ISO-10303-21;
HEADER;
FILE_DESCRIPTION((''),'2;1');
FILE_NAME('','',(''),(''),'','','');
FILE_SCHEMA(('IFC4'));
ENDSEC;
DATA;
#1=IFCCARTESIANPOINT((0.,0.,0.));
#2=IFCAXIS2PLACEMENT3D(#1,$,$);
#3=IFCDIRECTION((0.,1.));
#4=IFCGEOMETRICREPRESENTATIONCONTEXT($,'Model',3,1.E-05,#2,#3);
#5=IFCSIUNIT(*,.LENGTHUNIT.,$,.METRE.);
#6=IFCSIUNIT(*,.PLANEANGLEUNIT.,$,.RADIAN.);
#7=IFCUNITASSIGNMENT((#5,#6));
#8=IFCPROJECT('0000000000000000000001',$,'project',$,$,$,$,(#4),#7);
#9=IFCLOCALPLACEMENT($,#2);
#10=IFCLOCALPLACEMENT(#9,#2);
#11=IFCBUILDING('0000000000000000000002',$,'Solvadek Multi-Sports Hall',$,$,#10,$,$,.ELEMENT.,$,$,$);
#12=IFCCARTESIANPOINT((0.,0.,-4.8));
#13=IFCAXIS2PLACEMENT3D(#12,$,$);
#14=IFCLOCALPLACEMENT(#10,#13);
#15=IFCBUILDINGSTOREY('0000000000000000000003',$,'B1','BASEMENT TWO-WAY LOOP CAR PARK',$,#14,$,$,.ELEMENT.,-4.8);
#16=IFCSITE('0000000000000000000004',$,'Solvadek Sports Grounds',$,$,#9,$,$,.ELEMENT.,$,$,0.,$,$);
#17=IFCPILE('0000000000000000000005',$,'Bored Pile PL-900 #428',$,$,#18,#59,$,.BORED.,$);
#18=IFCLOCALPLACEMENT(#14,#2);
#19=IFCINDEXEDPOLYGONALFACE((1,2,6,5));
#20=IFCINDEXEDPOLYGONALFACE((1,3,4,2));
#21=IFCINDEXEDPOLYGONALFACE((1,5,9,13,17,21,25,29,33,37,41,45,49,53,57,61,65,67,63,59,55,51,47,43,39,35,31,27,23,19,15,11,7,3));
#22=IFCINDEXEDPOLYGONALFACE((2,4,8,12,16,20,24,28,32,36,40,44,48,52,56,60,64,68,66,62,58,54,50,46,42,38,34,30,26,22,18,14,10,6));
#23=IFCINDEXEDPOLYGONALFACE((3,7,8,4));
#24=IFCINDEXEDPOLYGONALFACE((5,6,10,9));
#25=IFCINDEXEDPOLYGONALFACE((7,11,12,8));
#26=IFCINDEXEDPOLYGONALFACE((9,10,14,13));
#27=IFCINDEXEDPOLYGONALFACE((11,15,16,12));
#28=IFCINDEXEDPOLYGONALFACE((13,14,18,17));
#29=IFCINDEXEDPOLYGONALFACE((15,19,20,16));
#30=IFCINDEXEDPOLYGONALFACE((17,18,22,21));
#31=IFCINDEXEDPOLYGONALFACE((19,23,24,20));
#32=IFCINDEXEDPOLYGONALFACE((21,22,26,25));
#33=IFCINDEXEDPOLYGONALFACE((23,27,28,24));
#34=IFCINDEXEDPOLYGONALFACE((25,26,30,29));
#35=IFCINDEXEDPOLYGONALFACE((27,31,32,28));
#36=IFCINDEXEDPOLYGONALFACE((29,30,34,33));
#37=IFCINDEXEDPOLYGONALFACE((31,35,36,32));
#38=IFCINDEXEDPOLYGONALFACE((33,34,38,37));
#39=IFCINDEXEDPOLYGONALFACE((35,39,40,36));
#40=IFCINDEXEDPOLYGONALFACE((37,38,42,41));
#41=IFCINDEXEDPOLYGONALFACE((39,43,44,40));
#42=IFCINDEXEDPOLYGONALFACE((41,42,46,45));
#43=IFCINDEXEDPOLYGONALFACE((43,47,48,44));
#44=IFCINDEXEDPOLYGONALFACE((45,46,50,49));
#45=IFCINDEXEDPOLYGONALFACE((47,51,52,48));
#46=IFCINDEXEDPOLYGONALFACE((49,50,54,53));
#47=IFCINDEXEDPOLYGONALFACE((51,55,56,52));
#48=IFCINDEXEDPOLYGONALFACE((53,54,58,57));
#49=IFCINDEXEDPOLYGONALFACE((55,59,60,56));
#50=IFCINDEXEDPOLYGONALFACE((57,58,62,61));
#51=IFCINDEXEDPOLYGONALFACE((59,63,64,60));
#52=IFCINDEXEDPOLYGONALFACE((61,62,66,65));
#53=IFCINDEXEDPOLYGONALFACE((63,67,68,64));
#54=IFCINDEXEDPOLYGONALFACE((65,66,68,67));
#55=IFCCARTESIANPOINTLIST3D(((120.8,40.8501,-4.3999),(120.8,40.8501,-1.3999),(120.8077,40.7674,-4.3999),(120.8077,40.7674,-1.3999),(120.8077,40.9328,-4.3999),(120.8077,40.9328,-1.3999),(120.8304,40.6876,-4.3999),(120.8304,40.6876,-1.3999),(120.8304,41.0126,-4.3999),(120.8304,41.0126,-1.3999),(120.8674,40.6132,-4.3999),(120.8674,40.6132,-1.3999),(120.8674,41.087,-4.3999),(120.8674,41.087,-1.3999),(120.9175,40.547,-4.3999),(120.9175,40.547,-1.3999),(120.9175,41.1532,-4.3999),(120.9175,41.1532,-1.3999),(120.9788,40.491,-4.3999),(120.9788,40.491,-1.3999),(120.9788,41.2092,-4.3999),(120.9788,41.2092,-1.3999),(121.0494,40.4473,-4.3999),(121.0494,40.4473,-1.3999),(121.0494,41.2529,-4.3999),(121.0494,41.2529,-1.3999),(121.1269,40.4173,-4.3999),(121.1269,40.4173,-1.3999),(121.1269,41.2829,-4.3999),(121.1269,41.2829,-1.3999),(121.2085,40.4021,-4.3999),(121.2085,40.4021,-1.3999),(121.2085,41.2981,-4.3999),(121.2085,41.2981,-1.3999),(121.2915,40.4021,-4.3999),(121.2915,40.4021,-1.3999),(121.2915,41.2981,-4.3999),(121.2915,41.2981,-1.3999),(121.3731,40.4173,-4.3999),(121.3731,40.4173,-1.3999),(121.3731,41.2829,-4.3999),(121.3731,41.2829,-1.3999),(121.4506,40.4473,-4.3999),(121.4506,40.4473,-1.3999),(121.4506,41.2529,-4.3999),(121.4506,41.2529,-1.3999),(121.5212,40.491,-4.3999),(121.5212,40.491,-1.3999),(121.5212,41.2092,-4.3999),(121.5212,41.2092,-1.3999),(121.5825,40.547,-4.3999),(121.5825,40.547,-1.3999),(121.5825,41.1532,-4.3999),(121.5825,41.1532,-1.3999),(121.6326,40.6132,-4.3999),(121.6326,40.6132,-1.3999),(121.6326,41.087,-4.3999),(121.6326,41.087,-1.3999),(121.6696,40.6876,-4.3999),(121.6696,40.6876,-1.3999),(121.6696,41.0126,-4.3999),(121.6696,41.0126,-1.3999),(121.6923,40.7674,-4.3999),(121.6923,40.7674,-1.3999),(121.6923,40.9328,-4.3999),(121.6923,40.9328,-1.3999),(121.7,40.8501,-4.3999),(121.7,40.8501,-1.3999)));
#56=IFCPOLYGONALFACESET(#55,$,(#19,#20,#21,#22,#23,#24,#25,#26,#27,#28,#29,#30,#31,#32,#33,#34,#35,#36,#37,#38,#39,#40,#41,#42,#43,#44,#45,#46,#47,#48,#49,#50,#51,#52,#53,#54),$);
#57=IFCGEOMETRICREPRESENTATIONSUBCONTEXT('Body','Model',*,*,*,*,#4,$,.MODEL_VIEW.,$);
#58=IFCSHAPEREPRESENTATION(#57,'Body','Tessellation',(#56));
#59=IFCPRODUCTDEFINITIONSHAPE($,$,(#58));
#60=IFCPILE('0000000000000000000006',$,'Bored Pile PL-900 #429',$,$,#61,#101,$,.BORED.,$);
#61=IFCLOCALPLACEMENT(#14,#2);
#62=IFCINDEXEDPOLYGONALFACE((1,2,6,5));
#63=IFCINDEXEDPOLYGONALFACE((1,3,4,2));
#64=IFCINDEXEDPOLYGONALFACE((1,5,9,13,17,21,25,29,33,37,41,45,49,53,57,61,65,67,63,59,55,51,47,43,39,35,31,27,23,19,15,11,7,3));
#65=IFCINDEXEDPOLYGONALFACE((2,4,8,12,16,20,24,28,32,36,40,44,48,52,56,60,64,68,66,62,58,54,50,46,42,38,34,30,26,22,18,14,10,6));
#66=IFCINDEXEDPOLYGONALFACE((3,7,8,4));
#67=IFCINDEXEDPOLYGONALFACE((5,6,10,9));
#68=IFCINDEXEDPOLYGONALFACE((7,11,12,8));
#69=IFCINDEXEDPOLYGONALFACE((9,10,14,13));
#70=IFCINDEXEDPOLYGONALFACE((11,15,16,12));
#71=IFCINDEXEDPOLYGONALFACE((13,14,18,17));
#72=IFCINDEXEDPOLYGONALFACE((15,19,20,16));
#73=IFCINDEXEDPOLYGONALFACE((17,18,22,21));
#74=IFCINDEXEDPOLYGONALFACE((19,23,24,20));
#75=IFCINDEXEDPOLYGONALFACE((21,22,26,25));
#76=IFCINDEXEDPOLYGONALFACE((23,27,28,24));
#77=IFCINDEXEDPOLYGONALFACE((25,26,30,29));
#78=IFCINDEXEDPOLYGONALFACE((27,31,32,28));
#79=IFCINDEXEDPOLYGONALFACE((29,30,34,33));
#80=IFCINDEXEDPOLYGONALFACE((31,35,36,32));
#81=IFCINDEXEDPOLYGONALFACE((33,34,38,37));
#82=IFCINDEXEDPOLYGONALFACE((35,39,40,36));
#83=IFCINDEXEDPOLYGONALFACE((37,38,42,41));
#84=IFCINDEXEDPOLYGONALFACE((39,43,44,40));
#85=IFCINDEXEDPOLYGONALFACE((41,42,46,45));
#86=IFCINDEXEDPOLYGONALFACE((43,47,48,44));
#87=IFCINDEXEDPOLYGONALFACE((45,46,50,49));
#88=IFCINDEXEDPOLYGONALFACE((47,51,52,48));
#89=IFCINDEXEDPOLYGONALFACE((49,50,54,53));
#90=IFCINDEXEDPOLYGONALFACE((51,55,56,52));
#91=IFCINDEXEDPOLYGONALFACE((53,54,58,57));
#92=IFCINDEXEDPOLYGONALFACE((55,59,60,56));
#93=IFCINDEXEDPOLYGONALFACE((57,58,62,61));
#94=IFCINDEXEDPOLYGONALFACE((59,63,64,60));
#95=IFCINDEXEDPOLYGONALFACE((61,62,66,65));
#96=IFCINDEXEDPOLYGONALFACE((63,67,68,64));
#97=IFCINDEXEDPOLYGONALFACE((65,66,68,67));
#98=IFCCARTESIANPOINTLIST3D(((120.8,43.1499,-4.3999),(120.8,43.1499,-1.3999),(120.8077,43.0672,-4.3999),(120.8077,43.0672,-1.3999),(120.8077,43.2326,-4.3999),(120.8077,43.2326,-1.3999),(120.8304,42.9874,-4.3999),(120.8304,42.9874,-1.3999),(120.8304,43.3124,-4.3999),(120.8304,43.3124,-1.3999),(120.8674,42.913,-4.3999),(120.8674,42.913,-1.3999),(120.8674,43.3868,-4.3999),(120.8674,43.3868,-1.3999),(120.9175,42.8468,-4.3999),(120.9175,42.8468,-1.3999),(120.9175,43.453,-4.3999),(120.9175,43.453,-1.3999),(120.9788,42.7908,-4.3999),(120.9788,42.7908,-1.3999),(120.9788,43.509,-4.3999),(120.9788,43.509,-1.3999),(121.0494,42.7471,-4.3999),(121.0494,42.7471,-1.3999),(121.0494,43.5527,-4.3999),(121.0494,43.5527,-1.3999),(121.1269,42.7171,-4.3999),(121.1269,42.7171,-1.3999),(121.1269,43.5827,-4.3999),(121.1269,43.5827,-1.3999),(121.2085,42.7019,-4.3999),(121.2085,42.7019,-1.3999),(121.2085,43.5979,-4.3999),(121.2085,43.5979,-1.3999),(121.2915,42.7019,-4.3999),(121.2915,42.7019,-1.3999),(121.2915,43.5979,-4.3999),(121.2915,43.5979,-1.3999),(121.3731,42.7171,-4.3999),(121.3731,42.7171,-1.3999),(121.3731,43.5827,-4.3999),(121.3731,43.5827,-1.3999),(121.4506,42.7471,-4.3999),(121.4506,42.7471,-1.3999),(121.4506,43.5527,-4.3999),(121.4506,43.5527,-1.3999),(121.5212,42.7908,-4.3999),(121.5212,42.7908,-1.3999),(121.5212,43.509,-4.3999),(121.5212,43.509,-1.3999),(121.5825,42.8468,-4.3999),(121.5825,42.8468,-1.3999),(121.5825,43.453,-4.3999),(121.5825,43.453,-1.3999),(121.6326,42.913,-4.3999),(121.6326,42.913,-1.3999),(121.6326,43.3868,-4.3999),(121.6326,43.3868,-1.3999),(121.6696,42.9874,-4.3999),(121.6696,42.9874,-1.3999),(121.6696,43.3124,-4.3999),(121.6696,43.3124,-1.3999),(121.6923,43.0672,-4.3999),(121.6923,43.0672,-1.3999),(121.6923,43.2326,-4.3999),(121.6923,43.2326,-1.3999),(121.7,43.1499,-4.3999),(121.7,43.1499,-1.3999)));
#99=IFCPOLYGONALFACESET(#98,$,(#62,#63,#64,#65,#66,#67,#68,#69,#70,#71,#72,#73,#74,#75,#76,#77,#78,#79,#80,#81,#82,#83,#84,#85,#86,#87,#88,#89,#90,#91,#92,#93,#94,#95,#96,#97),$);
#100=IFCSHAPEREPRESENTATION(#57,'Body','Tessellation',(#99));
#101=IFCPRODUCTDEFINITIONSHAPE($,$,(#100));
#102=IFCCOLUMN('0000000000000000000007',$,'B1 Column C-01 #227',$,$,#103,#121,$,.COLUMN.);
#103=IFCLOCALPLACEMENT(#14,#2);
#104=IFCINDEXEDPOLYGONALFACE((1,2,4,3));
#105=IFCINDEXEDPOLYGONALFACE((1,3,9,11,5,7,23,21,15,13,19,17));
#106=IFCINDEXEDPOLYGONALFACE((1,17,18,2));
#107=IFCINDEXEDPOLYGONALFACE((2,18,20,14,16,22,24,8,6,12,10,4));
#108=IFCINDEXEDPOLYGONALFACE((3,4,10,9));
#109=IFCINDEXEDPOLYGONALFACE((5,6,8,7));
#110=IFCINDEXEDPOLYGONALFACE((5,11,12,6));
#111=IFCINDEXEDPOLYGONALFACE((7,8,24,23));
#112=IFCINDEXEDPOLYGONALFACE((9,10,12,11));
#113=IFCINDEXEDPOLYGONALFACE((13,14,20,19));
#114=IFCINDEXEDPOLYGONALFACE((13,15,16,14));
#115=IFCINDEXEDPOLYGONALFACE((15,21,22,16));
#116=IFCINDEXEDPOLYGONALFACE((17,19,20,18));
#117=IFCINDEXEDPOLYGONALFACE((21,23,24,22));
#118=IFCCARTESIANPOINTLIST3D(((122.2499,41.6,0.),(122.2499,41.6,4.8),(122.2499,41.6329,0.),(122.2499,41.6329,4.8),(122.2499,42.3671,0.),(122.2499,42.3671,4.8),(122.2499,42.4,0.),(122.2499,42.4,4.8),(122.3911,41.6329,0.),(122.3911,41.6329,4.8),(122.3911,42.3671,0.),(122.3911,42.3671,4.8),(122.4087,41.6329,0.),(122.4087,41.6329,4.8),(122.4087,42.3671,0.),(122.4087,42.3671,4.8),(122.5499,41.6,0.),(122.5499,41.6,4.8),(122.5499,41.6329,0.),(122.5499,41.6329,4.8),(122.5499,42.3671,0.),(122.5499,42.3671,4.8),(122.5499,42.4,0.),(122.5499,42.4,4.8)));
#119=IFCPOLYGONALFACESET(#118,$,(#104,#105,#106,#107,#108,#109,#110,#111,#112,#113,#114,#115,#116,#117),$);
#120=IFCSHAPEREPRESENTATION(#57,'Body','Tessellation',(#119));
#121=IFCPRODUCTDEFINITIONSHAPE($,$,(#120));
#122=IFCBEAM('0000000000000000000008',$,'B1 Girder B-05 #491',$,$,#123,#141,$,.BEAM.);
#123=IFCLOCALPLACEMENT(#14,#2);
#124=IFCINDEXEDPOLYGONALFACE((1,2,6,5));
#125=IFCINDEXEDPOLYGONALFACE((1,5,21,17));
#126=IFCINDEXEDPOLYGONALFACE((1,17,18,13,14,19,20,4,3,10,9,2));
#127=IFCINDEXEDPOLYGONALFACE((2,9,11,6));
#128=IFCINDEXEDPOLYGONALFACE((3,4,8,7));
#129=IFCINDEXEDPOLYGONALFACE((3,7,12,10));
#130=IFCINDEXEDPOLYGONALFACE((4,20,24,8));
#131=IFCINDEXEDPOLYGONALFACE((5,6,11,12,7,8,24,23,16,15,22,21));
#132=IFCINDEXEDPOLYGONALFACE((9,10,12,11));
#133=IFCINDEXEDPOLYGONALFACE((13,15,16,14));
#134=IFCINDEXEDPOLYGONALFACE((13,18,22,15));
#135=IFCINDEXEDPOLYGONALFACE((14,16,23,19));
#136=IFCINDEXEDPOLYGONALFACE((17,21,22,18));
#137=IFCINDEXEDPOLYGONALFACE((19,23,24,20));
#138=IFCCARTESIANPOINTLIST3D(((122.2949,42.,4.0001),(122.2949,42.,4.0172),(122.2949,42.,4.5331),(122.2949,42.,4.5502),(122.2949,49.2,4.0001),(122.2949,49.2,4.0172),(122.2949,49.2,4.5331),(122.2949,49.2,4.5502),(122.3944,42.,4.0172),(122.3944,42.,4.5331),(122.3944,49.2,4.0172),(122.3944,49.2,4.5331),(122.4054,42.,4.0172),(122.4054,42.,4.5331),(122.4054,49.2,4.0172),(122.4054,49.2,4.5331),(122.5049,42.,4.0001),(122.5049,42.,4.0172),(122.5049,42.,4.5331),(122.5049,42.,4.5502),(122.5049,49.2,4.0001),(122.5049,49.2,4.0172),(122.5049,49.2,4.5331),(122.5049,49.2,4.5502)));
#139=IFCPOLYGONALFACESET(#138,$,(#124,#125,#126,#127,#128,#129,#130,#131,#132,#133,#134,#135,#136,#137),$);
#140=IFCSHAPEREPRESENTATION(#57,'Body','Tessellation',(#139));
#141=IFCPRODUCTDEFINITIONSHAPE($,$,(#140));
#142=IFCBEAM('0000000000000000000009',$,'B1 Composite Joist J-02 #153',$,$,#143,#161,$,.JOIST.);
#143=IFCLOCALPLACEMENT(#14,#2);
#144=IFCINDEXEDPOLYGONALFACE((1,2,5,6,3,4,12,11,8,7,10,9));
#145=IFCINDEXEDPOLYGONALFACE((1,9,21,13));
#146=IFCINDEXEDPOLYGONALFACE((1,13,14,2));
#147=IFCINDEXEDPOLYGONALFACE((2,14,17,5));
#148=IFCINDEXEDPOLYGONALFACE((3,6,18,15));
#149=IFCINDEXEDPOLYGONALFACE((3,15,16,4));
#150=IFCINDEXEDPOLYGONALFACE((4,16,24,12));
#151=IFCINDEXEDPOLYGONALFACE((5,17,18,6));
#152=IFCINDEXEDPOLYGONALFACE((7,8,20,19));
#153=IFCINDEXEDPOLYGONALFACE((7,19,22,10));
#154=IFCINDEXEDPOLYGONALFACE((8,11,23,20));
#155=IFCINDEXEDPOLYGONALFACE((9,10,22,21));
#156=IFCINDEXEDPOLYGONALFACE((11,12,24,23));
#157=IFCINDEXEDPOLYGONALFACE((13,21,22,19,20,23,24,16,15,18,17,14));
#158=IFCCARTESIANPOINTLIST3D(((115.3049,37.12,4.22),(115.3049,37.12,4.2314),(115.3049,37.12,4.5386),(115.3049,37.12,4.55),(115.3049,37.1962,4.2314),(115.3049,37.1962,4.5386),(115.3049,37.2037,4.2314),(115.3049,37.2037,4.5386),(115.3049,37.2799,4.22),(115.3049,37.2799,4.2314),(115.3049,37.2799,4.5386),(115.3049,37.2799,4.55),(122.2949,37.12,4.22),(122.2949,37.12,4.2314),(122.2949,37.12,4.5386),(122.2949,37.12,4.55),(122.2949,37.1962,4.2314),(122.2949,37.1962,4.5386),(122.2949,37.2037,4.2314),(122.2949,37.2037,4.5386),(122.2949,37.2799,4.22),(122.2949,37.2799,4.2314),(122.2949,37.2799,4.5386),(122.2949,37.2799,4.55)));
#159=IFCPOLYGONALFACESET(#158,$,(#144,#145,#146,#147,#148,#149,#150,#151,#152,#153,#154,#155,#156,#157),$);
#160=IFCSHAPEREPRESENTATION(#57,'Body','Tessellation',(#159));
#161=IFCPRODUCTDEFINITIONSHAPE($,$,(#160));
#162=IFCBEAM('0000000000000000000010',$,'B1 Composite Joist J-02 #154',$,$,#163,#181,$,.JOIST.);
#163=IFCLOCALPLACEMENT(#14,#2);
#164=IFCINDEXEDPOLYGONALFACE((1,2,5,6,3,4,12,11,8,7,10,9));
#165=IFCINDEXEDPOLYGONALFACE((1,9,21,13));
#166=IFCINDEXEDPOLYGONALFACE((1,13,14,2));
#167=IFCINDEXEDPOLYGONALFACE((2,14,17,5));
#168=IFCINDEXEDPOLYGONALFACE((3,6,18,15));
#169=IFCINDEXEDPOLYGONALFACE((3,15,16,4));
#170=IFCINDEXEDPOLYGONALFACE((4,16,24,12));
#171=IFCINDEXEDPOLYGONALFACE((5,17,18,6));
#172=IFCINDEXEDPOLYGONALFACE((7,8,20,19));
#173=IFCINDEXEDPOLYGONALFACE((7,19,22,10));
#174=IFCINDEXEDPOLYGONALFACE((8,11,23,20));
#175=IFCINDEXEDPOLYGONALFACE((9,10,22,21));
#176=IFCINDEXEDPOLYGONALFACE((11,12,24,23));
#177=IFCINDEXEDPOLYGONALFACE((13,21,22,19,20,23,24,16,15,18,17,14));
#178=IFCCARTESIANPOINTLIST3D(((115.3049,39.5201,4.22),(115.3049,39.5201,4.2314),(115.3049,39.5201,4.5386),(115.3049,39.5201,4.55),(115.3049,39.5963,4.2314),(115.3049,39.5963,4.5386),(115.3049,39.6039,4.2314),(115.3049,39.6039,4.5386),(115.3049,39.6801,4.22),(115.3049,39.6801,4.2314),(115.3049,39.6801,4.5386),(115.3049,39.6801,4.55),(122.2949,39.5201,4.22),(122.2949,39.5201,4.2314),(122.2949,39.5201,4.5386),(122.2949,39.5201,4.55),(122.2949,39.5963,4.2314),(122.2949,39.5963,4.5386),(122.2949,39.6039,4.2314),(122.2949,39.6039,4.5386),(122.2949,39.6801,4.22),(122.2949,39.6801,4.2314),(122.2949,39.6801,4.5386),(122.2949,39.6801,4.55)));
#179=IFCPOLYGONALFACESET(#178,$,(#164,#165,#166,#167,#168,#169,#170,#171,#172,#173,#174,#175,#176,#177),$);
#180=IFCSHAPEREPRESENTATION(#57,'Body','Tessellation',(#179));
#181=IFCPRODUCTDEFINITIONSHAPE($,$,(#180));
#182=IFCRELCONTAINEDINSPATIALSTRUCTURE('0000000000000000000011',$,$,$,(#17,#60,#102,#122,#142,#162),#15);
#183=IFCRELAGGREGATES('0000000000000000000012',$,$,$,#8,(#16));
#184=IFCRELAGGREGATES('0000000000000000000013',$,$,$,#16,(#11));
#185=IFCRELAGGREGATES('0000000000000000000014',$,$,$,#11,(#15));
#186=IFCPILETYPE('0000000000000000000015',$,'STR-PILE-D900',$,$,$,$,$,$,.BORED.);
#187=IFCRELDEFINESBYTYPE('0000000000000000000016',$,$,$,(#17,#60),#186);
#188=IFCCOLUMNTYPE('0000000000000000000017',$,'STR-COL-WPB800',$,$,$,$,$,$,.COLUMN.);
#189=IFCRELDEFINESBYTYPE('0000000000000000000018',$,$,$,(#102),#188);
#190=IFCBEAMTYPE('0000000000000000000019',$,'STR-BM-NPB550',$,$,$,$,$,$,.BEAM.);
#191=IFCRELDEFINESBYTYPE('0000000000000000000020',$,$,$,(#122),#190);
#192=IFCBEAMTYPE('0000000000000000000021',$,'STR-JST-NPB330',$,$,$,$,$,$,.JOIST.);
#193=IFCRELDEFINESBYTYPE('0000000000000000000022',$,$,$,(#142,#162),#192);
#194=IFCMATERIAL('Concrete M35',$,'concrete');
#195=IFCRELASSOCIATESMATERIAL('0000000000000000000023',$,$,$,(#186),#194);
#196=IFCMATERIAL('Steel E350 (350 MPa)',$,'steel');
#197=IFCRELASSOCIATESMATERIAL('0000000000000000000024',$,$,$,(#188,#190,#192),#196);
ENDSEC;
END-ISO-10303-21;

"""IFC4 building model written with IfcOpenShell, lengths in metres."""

from ifc_helpers import new_model, si_unit, direction, frame, origin, origin_2d, place, context, subcontext, project, spatial, circle, i_section, extrude, material, material_profile, profile_set, type_object, element, save


model = new_model("IFC4")

# Units and contexts
model_context = context("Model", 3, precision=1e-05, world=origin(), true_north=direction((0.0, 1.0)))
body_context = subcontext(model_context, "Body", "Model", "MODEL_VIEW")
ifc_project = project(units=[si_unit("LENGTHUNIT", "METRE"), si_unit("PLANEANGLEUNIT", "RADIAN")], contexts=[model_context])

# Site, building, storey
site_placement = place(None, origin())
site = spatial("IfcSite", under=ifc_project, at=site_placement, Name="Solvadek Sports Grounds", CompositionType="ELEMENT", RefElevation=0.0)
building_placement = place(site_placement, origin())
building = spatial("IfcBuilding", under=site, at=building_placement, Name="Solvadek Multi-Sports Hall", CompositionType="ELEMENT")
storey_placement = place(building_placement, frame((0.0, 0.0, -4.8)))
storey = spatial("IfcBuildingStorey", under=building, at=storey_placement, Name="B1", Description="BASEMENT TWO-WAY LOOP CAR PARK", CompositionType="ELEMENT", Elevation=-4.8)

# Piles
ifc_material_1 = material(Name="Concrete M35", Category="concrete")
ifc_material_profile_1 = material_profile(ifc_material_1, circle(Radius=0.45, at=origin_2d()), Name="BORED PILE D900")
ifc_profile_set_1 = profile_set([ifc_material_profile_1], Name="Concrete M35")
pile_type_1 = type_object("IfcPileType", Name="STR-PILE-D900", PredefinedType="BORED", material=ifc_profile_set_1)
for number, where, z_axis, x_axis, name in (
    (1, (121.25, 40.8501, -1.3999), (0.0, 0.0, -1.0), (1.0, 0.0, 0.0), "Bored Pile PL-900 #428"),
    (2, (121.25, 43.1499, -1.3999), (0.0, 0.0, -1.0), (1.0, 0.0, 0.0), "Bored Pile PL-900 #429"),
):
    element("IfcPile", number, at=place(storey_placement, frame(where, z_axis=z_axis, x_axis=x_axis)), inside=storey, type_object=pile_type_1, Name=name, PredefinedType="BORED", context=body_context, shape_type="SweptSolid", body=[
        extrude(circle(Radius=0.45, at=origin_2d()), origin(), (0.0, 0.0, 1.0), 3.0),
    ])

# Column
ifc_material_2 = material(Name="Steel E350 (350 MPa)", Category="steel")
ifc_material_profile_2 = material_profile(ifc_material_2, i_section(OverallWidth=0.3, OverallDepth=0.8, WebThickness=0.0176, FlangeThickness=0.033, at=origin_2d()), Name="WPB 800")
ifc_profile_set_2 = profile_set([ifc_material_profile_2], Name="Steel E350 (350 MPa)")
column_type = type_object("IfcColumnType", Name="STR-COL-WPB800", PredefinedType="COLUMN", material=ifc_profile_set_2)
column_placement = place(storey_placement, frame((122.3999, 42.0, 0.0), z_axis=(0.0, 0.0, 1.0), x_axis=(1.0, 0.0, 0.0)))
element("IfcColumn", 3, at=column_placement, inside=storey, type_object=column_type, Name="B1 Column C-01 #227", PredefinedType="COLUMN", context=body_context, shape_type="SweptSolid", body=[
    extrude(i_section(OverallWidth=0.3, OverallDepth=0.8, WebThickness=0.0176, FlangeThickness=0.033, at=origin_2d()), origin(), (0.0, 0.0, 1.0), 4.8),
])

# Beams
ifc_material_profile_3 = material_profile(ifc_material_2, i_section(OverallWidth=0.21, OverallDepth=0.55, WebThickness=0.011, FlangeThickness=0.0171, at=origin_2d()), Name="NPB 550")
ifc_profile_set_3 = profile_set([ifc_material_profile_3], Name="Steel E350 (350 MPa)")
beam_type_1 = type_object("IfcBeamType", Name="STR-BM-NPB550", PredefinedType="BEAM", material=ifc_profile_set_3)
beam_1_placement = place(storey_placement, frame((122.3999, 42.0, 4.2751), z_axis=(0.0, 1.0, 0.0), x_axis=(-1.0, 0.0, 0.0)))
element("IfcBeam", 4, at=beam_1_placement, inside=storey, type_object=beam_type_1, Name="B1 Girder B-05 #491", PredefinedType="BEAM", context=body_context, shape_type="SweptSolid", body=[
    extrude(i_section(OverallWidth=0.21, OverallDepth=0.55, WebThickness=0.011, FlangeThickness=0.0171, at=origin_2d()), origin(), (0.0, 0.0, 1.0), 7.2),
])
ifc_material_profile_4 = material_profile(ifc_material_2, i_section(OverallWidth=0.1599, OverallDepth=0.3301, WebThickness=0.0076, FlangeThickness=0.0115, at=origin_2d()), Name="NPB 330")
ifc_profile_set_4 = profile_set([ifc_material_profile_4], Name="Steel E350 (350 MPa)")
beam_type_2 = type_object("IfcBeamType", Name="STR-JST-NPB330", PredefinedType="JOIST", material=ifc_profile_set_4)
for number, where, z_axis, x_axis, name in (
    (5, (115.3049, 37.2, 4.385), (1.0, 0.0, 0.0), (0.0, 1.0, 0.0), "B1 Composite Joist J-02 #153"),
    (6, (115.3049, 39.6001, 4.385), (1.0, 0.0, 0.0), (0.0, 1.0, 0.0), "B1 Composite Joist J-02 #154"),
):
    element("IfcBeam", number, at=place(storey_placement, frame(where, z_axis=z_axis, x_axis=x_axis)), inside=storey, type_object=beam_type_2, Name=name, PredefinedType="JOIST", context=body_context, shape_type="SweptSolid", body=[
        extrude(i_section(OverallWidth=0.1599, OverallDepth=0.3301, WebThickness=0.0076, FlangeThickness=0.0115, at=origin_2d()), origin(), (0.0, 0.0, 1.0), 6.99),
    ])

save(model, "model.ifc")
